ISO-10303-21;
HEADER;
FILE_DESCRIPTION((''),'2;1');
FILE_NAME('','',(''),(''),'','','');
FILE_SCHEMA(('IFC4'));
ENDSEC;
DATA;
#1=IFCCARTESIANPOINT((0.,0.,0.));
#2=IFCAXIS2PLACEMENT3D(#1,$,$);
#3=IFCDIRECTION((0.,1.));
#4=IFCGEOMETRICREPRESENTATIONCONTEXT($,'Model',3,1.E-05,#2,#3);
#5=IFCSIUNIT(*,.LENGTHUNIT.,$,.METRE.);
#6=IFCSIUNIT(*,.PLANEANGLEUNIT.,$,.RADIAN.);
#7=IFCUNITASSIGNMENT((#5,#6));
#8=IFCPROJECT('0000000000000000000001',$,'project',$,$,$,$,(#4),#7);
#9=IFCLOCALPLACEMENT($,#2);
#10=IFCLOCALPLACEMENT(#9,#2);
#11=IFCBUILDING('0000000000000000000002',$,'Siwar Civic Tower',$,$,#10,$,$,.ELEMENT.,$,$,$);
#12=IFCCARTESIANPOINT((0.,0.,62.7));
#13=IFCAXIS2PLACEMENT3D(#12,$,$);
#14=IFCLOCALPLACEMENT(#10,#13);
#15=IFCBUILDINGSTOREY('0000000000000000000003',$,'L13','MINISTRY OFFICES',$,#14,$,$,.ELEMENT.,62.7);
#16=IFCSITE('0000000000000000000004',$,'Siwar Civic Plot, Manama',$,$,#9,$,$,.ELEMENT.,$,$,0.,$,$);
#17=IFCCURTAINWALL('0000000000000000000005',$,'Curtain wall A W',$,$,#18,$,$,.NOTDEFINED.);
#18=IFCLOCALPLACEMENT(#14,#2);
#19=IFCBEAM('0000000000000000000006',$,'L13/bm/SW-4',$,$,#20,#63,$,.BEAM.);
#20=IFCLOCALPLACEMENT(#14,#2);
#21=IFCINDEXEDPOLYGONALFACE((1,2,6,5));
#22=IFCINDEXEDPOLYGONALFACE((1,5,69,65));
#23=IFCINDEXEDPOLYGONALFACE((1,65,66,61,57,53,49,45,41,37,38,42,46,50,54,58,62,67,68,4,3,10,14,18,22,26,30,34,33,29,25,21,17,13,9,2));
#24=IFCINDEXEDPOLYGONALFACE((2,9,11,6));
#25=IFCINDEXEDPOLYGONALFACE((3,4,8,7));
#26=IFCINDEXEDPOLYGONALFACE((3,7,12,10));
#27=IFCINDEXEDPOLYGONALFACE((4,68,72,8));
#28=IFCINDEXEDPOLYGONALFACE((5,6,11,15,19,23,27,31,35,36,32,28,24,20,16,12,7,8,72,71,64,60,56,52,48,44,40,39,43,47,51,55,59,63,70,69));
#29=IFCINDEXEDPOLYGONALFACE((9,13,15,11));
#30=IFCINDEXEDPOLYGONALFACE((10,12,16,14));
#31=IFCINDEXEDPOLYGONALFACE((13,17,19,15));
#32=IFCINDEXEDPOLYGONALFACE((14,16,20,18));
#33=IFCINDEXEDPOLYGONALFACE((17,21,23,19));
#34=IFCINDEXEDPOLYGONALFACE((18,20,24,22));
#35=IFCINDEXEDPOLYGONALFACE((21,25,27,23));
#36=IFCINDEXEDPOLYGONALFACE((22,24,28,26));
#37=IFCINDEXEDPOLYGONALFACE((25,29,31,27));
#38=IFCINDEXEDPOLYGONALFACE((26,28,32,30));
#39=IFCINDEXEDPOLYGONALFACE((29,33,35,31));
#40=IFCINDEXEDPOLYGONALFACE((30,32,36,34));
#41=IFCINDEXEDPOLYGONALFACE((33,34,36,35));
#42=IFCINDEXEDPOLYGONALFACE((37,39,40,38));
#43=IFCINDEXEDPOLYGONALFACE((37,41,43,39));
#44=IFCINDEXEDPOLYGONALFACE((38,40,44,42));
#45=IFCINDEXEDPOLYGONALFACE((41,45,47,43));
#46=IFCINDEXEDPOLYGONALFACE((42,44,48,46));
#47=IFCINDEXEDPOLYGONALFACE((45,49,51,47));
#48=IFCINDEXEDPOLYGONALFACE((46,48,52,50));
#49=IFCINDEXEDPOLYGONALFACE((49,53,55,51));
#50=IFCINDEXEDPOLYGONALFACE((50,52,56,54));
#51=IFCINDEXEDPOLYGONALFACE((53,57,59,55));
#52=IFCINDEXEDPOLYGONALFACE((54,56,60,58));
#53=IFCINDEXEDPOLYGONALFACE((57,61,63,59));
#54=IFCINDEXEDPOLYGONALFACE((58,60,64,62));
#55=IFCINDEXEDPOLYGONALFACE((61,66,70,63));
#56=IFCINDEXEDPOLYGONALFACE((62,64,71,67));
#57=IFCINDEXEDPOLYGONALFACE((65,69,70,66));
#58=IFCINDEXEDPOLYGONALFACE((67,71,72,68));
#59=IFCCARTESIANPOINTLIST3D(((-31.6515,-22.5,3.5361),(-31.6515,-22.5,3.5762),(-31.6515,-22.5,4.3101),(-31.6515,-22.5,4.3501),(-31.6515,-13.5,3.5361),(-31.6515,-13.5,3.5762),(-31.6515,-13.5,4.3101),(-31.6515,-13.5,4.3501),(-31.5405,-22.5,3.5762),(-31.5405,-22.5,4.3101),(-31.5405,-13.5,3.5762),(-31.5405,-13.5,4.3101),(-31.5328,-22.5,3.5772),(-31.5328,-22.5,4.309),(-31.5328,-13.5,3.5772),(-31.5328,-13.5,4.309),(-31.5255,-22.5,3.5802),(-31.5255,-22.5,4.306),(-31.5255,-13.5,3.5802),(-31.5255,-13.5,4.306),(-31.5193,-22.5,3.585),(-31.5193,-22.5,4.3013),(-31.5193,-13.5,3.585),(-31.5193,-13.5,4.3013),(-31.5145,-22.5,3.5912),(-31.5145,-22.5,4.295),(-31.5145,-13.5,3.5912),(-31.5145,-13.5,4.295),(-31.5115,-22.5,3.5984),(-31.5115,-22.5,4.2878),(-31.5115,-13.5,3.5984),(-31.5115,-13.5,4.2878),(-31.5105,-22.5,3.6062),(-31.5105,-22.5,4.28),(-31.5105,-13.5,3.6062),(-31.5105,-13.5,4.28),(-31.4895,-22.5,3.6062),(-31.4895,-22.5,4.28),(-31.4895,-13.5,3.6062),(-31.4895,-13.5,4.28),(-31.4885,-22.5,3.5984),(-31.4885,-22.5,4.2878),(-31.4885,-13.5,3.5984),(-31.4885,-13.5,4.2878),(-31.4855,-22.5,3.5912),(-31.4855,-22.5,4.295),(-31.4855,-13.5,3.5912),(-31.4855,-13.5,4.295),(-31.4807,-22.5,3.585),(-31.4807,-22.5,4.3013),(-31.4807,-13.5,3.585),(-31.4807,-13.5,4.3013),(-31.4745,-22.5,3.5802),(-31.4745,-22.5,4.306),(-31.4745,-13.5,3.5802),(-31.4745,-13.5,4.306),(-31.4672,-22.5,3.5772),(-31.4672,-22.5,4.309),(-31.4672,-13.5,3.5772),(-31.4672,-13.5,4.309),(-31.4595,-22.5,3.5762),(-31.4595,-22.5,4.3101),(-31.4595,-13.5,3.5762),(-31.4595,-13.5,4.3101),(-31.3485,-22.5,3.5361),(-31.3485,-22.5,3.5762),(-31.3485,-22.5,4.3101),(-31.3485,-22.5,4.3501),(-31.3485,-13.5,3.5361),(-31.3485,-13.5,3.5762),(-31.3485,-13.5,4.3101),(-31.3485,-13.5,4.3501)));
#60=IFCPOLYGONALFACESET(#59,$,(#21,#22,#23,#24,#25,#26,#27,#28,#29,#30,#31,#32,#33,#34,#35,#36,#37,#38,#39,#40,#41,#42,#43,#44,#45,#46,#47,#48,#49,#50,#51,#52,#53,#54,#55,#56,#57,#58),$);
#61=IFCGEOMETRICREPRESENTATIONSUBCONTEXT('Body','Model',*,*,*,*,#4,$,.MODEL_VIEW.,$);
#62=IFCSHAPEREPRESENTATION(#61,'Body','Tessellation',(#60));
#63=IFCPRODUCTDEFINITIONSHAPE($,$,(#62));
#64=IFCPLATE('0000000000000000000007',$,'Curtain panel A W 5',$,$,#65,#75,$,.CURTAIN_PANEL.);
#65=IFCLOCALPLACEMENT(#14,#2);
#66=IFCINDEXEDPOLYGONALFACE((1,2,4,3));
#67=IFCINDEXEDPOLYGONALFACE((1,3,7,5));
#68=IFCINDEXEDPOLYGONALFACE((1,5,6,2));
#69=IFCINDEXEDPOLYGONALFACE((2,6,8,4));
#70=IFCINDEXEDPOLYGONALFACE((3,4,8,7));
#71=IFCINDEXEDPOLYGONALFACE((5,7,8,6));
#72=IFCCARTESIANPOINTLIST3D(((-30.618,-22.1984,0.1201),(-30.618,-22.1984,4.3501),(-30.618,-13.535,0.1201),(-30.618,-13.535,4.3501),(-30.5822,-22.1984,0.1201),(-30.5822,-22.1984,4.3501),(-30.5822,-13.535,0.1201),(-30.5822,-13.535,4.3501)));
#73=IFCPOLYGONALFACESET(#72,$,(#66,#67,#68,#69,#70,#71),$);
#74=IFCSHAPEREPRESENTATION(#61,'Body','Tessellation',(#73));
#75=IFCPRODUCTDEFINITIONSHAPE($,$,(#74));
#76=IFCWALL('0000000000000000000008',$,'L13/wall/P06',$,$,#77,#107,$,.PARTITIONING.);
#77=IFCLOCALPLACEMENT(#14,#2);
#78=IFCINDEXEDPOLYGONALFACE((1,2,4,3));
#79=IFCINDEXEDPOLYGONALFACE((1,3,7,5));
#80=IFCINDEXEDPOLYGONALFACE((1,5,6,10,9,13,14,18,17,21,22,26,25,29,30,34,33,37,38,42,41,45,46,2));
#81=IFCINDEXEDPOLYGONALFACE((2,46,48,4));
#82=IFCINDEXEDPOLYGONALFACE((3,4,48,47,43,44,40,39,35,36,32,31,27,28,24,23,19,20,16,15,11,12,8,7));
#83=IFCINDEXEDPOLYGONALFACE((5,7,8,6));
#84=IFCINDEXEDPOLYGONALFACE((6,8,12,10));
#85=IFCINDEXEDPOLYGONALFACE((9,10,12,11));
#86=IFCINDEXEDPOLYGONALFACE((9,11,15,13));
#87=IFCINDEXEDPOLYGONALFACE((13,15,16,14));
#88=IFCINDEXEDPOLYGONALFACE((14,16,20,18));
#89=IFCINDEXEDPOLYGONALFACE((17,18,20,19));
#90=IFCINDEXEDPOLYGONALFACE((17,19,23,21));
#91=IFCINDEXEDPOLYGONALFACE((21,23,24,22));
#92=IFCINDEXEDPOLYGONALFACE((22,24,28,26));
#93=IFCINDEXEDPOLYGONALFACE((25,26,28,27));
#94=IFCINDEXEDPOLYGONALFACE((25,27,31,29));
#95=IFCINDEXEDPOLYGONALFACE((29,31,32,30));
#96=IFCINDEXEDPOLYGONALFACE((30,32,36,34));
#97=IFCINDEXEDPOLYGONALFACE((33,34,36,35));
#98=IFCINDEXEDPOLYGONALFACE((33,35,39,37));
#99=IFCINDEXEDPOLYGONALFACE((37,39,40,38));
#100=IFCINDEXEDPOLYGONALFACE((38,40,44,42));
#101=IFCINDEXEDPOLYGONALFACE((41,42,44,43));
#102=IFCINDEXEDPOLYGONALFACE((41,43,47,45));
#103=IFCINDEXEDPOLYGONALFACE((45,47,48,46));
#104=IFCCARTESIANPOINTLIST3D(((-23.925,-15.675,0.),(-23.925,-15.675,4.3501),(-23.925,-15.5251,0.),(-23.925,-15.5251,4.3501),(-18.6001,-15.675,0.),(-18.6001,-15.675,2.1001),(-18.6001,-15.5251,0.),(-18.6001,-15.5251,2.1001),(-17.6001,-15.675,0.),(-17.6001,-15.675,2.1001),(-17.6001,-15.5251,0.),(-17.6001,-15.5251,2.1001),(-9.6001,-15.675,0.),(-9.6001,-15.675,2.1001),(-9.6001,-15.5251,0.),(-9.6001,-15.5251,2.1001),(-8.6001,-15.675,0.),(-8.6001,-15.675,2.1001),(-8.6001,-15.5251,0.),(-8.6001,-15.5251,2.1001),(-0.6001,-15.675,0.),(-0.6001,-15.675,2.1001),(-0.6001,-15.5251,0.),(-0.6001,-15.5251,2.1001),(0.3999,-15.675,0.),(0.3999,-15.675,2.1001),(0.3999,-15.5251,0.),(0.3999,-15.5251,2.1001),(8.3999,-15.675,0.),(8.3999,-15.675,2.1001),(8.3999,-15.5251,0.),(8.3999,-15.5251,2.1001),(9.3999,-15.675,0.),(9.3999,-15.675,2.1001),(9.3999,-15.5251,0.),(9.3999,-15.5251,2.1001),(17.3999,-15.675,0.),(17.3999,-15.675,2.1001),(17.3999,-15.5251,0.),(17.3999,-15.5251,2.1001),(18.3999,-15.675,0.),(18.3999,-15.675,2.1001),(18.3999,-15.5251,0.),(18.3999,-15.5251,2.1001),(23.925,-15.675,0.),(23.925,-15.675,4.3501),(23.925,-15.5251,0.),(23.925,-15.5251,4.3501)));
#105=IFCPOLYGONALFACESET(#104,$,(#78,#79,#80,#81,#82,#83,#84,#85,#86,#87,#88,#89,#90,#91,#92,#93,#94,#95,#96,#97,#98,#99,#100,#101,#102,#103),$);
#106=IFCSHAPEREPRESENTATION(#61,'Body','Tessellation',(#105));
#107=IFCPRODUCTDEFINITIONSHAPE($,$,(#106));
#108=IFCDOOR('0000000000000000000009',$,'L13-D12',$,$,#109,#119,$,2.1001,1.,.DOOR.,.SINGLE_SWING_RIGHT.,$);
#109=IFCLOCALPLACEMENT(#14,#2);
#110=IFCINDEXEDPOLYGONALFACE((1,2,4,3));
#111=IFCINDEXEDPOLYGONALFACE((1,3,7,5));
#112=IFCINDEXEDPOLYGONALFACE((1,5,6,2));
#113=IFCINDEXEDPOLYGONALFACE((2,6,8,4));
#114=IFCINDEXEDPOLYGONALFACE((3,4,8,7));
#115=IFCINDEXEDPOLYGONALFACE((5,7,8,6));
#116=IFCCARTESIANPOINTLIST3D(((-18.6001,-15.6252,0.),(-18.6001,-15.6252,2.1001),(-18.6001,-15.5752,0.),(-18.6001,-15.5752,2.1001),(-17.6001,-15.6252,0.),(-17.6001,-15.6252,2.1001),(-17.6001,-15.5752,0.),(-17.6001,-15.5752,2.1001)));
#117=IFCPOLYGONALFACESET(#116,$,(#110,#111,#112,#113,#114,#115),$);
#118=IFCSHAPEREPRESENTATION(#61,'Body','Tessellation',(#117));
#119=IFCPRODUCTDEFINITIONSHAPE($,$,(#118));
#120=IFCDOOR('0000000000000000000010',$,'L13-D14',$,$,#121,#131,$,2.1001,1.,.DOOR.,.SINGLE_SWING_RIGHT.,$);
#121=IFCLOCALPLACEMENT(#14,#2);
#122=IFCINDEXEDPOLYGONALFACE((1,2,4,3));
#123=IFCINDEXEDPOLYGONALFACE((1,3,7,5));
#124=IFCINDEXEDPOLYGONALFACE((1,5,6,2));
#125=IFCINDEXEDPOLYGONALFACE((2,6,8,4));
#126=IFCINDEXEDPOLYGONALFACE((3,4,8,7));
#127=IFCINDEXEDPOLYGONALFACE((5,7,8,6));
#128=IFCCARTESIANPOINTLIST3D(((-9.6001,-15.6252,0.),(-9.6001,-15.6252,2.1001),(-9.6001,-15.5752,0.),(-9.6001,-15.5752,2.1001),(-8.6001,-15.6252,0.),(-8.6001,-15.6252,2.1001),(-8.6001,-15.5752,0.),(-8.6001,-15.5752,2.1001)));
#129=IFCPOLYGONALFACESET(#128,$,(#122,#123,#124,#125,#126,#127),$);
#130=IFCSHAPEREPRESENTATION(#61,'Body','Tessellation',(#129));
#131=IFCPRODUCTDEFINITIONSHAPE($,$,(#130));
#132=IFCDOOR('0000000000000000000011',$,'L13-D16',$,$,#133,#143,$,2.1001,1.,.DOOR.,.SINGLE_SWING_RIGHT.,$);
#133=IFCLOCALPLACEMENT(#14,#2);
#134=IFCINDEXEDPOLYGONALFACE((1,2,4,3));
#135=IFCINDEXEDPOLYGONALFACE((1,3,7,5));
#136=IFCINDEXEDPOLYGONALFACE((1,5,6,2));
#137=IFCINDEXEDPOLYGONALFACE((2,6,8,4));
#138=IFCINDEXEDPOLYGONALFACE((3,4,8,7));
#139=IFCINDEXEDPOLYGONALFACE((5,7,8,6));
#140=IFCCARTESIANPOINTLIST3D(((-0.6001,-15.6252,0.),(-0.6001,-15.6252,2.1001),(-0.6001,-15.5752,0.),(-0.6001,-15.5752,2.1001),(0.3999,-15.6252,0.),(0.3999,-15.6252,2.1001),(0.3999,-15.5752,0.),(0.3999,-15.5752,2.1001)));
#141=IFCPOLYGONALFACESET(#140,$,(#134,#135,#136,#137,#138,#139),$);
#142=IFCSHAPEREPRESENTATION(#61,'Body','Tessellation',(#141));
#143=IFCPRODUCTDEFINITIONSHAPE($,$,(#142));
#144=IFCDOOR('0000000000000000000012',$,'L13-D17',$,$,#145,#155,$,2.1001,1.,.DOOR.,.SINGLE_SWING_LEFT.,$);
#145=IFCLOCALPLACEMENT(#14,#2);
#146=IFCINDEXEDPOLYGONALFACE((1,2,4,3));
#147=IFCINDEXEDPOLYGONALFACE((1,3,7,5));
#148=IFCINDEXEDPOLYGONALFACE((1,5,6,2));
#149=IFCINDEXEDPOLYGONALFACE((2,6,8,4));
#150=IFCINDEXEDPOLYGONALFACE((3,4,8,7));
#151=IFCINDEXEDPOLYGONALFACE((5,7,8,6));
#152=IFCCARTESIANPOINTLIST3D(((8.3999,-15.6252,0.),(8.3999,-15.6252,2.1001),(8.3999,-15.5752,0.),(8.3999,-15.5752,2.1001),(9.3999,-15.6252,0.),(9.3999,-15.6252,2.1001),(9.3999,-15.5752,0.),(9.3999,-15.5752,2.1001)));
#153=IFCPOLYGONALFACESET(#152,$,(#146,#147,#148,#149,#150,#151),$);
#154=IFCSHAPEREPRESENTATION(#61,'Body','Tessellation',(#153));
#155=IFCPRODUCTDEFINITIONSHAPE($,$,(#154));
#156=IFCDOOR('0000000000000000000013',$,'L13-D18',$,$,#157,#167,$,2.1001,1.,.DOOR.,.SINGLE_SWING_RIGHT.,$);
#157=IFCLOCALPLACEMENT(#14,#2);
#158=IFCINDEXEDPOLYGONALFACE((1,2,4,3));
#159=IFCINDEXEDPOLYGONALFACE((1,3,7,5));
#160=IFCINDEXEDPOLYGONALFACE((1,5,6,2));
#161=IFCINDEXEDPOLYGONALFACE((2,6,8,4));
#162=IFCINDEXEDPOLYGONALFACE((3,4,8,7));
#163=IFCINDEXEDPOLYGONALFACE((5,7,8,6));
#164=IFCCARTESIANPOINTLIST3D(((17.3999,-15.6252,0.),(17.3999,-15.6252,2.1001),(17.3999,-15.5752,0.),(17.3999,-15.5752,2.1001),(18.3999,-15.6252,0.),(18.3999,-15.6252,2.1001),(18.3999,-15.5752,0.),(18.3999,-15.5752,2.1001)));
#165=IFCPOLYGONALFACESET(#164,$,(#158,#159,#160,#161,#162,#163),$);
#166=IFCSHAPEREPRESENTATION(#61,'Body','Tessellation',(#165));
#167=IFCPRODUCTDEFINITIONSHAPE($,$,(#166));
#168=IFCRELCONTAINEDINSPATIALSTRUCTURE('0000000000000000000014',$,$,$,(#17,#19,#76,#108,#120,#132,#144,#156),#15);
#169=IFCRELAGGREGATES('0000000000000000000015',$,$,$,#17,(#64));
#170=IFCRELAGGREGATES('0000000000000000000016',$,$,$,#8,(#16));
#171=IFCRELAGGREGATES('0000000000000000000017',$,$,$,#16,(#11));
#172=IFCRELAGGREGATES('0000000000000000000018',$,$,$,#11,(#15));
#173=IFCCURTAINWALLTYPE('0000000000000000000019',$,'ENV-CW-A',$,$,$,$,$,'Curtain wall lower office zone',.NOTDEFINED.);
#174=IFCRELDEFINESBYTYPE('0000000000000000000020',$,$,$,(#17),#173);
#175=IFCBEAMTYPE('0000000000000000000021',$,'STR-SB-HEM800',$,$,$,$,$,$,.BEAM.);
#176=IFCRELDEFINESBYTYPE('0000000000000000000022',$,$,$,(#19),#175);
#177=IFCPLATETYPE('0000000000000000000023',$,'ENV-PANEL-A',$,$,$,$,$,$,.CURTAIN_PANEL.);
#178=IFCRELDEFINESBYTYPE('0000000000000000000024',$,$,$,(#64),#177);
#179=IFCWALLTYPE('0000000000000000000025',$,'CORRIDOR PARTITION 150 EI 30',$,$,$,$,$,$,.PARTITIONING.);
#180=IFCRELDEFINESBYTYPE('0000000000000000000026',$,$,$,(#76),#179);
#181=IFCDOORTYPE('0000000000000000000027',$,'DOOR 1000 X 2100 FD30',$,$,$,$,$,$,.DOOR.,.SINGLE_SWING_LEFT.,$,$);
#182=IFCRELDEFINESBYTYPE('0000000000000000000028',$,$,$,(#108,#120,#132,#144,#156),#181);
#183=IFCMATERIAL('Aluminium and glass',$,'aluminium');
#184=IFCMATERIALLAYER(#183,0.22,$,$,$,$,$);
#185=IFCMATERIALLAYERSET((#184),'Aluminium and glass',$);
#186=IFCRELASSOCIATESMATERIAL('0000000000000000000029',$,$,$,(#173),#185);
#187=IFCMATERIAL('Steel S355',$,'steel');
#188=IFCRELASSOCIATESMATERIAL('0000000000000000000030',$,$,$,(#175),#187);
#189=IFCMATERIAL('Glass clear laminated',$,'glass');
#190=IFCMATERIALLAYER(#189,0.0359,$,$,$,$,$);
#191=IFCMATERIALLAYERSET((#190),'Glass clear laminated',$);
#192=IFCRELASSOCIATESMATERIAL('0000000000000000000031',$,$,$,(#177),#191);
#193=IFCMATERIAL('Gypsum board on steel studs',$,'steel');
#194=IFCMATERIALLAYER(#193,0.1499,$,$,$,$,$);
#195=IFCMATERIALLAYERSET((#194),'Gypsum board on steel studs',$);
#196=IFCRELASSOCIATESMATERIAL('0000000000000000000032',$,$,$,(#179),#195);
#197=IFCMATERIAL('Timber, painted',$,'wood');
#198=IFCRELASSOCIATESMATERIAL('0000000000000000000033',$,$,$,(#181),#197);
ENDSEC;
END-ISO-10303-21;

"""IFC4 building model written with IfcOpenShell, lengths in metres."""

from ifc_helpers import new_model, si_unit, direction, frame, frame_2d, origin, origin_2d, place, context, subcontext, project, spatial, rectangle, i_section, extrude, material, layer, layer_set, material_profile, profile_set, type_object, element, fill, aggregate, save


model = new_model("IFC4")

# Units and contexts
model_context = context("Model", 3, precision=1e-05, world=origin(), true_north=direction((0.0, 1.0)))
body_context = subcontext(model_context, "Body", "Model", "MODEL_VIEW")
ifc_project = project(units=[si_unit("LENGTHUNIT", "METRE"), si_unit("PLANEANGLEUNIT", "RADIAN")], contexts=[model_context])

# Site, building, storey
site_placement = place(None, origin())
site = spatial("IfcSite", under=ifc_project, at=site_placement, Name="Siwar Civic Plot, Manama", CompositionType="ELEMENT", RefElevation=0.0)
building_placement = place(site_placement, origin())
building = spatial("IfcBuilding", under=site, at=building_placement, Name="Siwar Civic Tower", CompositionType="ELEMENT")
storey_placement = place(building_placement, frame((0.0, 0.0, 62.7)))
storey = spatial("IfcBuildingStorey", under=building, at=storey_placement, Name="L13", Description="MINISTRY OFFICES", CompositionType="ELEMENT", Elevation=62.7)

# Curtain wall
ifc_material_1 = material(Name="Aluminium and glass", Category="aluminium")
ifc_layer_1 = layer(ifc_material_1, 0.22)
ifc_layer_set_1 = layer_set([ifc_layer_1], Name="Aluminium and glass")
curtain_wall_type_1 = type_object("IfcCurtainWallType", Name="ENV-CW-A", ElementType="Curtain wall lower office zone", PredefinedType="NOTDEFINED", material=ifc_layer_set_1)
curtain_wall_1_placement = place(storey_placement, origin())
curtain_wall_1 = element("IfcCurtainWall", 1, at=curtain_wall_1_placement, inside=storey, type_object=curtain_wall_type_1, Name="Curtain wall A W", PredefinedType="NOTDEFINED")

# Beam
ifc_material_2 = material(Name="Steel S355", Category="steel")
ifc_material_profile_1 = material_profile(ifc_material_2, i_section(OverallWidth=0.303, OverallDepth=0.814, WebThickness=0.021, FlangeThickness=0.04, FilletRadius=0.03, at=origin_2d()), Name="HEM800")
ifc_profile_set_1 = profile_set([ifc_material_profile_1], Name="Steel S355")
beam_type_1 = type_object("IfcBeamType", Name="STR-SB-HEM800", PredefinedType="BEAM", material=ifc_profile_set_1)
beam_1_placement = place(storey_placement, frame((-31.5, -13.5, 3.9431), z_axis=(0.0, -1.0, 0.0), x_axis=(1.0, 0.0, 0.0)))
element("IfcBeam", 2, at=beam_1_placement, inside=storey, type_object=beam_type_1, Name="L13/bm/SW-4", PredefinedType="BEAM", context=body_context, shape_type="SweptSolid", body=[
    extrude(i_section(OverallWidth=0.303, OverallDepth=0.814, WebThickness=0.021, FlangeThickness=0.04, FilletRadius=0.03, at=origin_2d()), origin(), (0.0, 0.0, 1.0), 9.0),
])

# Plate
ifc_material_3 = material(Name="Glass clear laminated", Category="glass")
ifc_layer_2 = layer(ifc_material_3, 0.0359)
ifc_layer_set_2 = layer_set([ifc_layer_2], Name="Glass clear laminated")
plate_type = type_object("IfcPlateType", Name="ENV-PANEL-A", PredefinedType="CURTAIN_PANEL", material=ifc_layer_set_2)
plate_placement = place(storey_placement, frame((-30.6001, -17.8667, 0.1201), z_axis=(0.0, 0.0, 1.0), x_axis=(0.0, -1.0, 0.0)))
plate = element("IfcPlate", 3, at=plate_placement, type_object=plate_type, Name="Curtain panel A W 5", PredefinedType="CURTAIN_PANEL", context=body_context, shape_type="SweptSolid", body=[
    extrude(rectangle(XDim=8.6633, YDim=0.0359, at=origin_2d()), origin(), (0.0, 0.0, 1.0), 4.23),
])
aggregate(curtain_wall_1, [plate])

# Wall, openings, doors
ifc_material_4 = material(Name="Gypsum board on steel studs", Category="steel")
ifc_layer_3 = layer(ifc_material_4, 0.1499)
ifc_layer_set_3 = layer_set([ifc_layer_3], Name="Gypsum board on steel studs")
wall_type_1 = type_object("IfcWallType", Name="CORRIDOR PARTITION 150 EI 30", PredefinedType="PARTITIONING", material=ifc_layer_set_3)
wall_1_placement = place(storey_placement, frame((-23.925, -15.6001, 0.0), z_axis=(0.0, 0.0, 1.0), x_axis=(1.0, 0.0, 0.0)))
wall_1 = element("IfcWall", 4, at=wall_1_placement, inside=storey, type_object=wall_type_1, Name="L13/wall/P06", PredefinedType="PARTITIONING", context=body_context, shape_type="SweptSolid", body=[
    extrude(rectangle(XDim=47.8501, YDim=0.1499, at=frame_2d((23.925, 0.0))), origin(), (0.0, 0.0, 1.0), 4.3501),
])
opening_1_placement = place(wall_1_placement, frame((5.325, 0.0, 0.0)))
opening_1 = element("IfcOpeningElement", 5, at=opening_1_placement, cuts=wall_1, PredefinedType="OPENING", context=body_context, shape_type="SweptSolid", body=[
    extrude(rectangle(XDim=1.0, YDim=2.1001, at=frame_2d((0.5, 1.05))), frame((0.0, 0.085, 0.0), z_axis=(0.0, -1.0, 0.0), x_axis=(1.0, 0.0, 0.0)), (0.0, 0.0, 1.0), 0.1699),
])
opening_2_placement = place(wall_1_placement, frame((14.325, 0.0, 0.0)))
opening_2 = element("IfcOpeningElement", 6, at=opening_2_placement, cuts=wall_1, PredefinedType="OPENING", context=body_context, shape_type="SweptSolid", body=[
    extrude(rectangle(XDim=1.0, YDim=2.1001, at=frame_2d((0.5, 1.05))), frame((0.0, 0.085, 0.0), z_axis=(0.0, -1.0, 0.0), x_axis=(1.0, 0.0, 0.0)), (0.0, 0.0, 1.0), 0.1699),
])
opening_3_placement = place(wall_1_placement, frame((23.325, 0.0, 0.0)))
opening_3 = element("IfcOpeningElement", 7, at=opening_3_placement, cuts=wall_1, PredefinedType="OPENING", context=body_context, shape_type="SweptSolid", body=[
    extrude(rectangle(XDim=1.0, YDim=2.1001, at=frame_2d((0.5, 1.05))), frame((0.0, 0.085, 0.0), z_axis=(0.0, -1.0, 0.0), x_axis=(1.0, 0.0, 0.0)), (0.0, 0.0, 1.0), 0.1699),
])
opening_4_placement = place(wall_1_placement, frame((32.325, 0.0, 0.0)))
opening_4 = element("IfcOpeningElement", 8, at=opening_4_placement, cuts=wall_1, PredefinedType="OPENING", context=body_context, shape_type="SweptSolid", body=[
    extrude(rectangle(XDim=1.0, YDim=2.1001, at=frame_2d((0.5, 1.05))), frame((0.0, 0.085, 0.0), z_axis=(0.0, -1.0, 0.0), x_axis=(1.0, 0.0, 0.0)), (0.0, 0.0, 1.0), 0.1699),
])
opening_5_placement = place(wall_1_placement, frame((41.325, 0.0, 0.0)))
opening_5 = element("IfcOpeningElement", 9, at=opening_5_placement, cuts=wall_1, PredefinedType="OPENING", context=body_context, shape_type="SweptSolid", body=[
    extrude(rectangle(XDim=1.0, YDim=2.1001, at=frame_2d((0.5, 1.05))), frame((0.0, 0.085, 0.0), z_axis=(0.0, -1.0, 0.0), x_axis=(1.0, 0.0, 0.0)), (0.0, 0.0, 1.0), 0.1699),
])
ifc_material_5 = material(Name="Timber, painted", Category="wood")
door_type_1 = type_object("IfcDoorType", Name="DOOR 1000 X 2100 FD30", OperationType="SINGLE_SWING_LEFT", PredefinedType="DOOR", material=ifc_material_5)
door_1_placement = place(opening_1_placement, origin())
door_1 = element("IfcDoor", 10, at=door_1_placement, inside=storey, type_object=door_type_1, Name="L13-D12", OperationType="SINGLE_SWING_RIGHT", OverallHeight=2.1001, OverallWidth=1.0, PredefinedType="DOOR", context=body_context, shape_type="SweptSolid", body=[
    extrude(rectangle(XDim=1.0, YDim=2.1001, at=frame_2d((0.5, 1.05))), frame((0.0, 0.0249, 0.0), z_axis=(0.0, -1.0, 0.0), x_axis=(1.0, 0.0, 0.0)), (0.0, 0.0, 1.0), 0.05),
])
fill(opening_1, door_1)
door_2_placement = place(opening_2_placement, origin())
door_2 = element("IfcDoor", 11, at=door_2_placement, inside=storey, type_object=door_type_1, Name="L13-D14", OperationType="SINGLE_SWING_RIGHT", OverallHeight=2.1001, OverallWidth=1.0, PredefinedType="DOOR", context=body_context, shape_type="SweptSolid", body=[
    extrude(rectangle(XDim=1.0, YDim=2.1001, at=frame_2d((0.5, 1.05))), frame((0.0, 0.0249, 0.0), z_axis=(0.0, -1.0, 0.0), x_axis=(1.0, 0.0, 0.0)), (0.0, 0.0, 1.0), 0.05),
])
fill(opening_2, door_2)
door_3_placement = place(opening_3_placement, origin())
door_3 = element("IfcDoor", 12, at=door_3_placement, inside=storey, type_object=door_type_1, Name="L13-D16", OperationType="SINGLE_SWING_RIGHT", OverallHeight=2.1001, OverallWidth=1.0, PredefinedType="DOOR", context=body_context, shape_type="SweptSolid", body=[
    extrude(rectangle(XDim=1.0, YDim=2.1001, at=frame_2d((0.5, 1.05))), frame((0.0, 0.0249, 0.0), z_axis=(0.0, -1.0, 0.0), x_axis=(1.0, 0.0, 0.0)), (0.0, 0.0, 1.0), 0.05),
])
fill(opening_3, door_3)
door_4_placement = place(opening_4_placement, origin())
door_4 = element("IfcDoor", 13, at=door_4_placement, inside=storey, type_object=door_type_1, Name="L13-D17", OperationType="SINGLE_SWING_LEFT", OverallHeight=2.1001, OverallWidth=1.0, PredefinedType="DOOR", context=body_context, shape_type="SweptSolid", body=[
    extrude(rectangle(XDim=1.0, YDim=2.1001, at=frame_2d((0.5, 1.05))), frame((0.0, 0.0249, 0.0), z_axis=(0.0, -1.0, 0.0), x_axis=(1.0, 0.0, 0.0)), (0.0, 0.0, 1.0), 0.05),
])
fill(opening_4, door_4)
door_5_placement = place(opening_5_placement, origin())
door_5 = element("IfcDoor", 14, at=door_5_placement, inside=storey, type_object=door_type_1, Name="L13-D18", OperationType="SINGLE_SWING_RIGHT", OverallHeight=2.1001, OverallWidth=1.0, PredefinedType="DOOR", context=body_context, shape_type="SweptSolid", body=[
    extrude(rectangle(XDim=1.0, YDim=2.1001, at=frame_2d((0.5, 1.05))), frame((0.0, 0.0249, 0.0), z_axis=(0.0, -1.0, 0.0), x_axis=(1.0, 0.0, 0.0)), (0.0, 0.0, 1.0), 0.05),
])
fill(opening_5, door_5)

save(model, "model.ifc")
